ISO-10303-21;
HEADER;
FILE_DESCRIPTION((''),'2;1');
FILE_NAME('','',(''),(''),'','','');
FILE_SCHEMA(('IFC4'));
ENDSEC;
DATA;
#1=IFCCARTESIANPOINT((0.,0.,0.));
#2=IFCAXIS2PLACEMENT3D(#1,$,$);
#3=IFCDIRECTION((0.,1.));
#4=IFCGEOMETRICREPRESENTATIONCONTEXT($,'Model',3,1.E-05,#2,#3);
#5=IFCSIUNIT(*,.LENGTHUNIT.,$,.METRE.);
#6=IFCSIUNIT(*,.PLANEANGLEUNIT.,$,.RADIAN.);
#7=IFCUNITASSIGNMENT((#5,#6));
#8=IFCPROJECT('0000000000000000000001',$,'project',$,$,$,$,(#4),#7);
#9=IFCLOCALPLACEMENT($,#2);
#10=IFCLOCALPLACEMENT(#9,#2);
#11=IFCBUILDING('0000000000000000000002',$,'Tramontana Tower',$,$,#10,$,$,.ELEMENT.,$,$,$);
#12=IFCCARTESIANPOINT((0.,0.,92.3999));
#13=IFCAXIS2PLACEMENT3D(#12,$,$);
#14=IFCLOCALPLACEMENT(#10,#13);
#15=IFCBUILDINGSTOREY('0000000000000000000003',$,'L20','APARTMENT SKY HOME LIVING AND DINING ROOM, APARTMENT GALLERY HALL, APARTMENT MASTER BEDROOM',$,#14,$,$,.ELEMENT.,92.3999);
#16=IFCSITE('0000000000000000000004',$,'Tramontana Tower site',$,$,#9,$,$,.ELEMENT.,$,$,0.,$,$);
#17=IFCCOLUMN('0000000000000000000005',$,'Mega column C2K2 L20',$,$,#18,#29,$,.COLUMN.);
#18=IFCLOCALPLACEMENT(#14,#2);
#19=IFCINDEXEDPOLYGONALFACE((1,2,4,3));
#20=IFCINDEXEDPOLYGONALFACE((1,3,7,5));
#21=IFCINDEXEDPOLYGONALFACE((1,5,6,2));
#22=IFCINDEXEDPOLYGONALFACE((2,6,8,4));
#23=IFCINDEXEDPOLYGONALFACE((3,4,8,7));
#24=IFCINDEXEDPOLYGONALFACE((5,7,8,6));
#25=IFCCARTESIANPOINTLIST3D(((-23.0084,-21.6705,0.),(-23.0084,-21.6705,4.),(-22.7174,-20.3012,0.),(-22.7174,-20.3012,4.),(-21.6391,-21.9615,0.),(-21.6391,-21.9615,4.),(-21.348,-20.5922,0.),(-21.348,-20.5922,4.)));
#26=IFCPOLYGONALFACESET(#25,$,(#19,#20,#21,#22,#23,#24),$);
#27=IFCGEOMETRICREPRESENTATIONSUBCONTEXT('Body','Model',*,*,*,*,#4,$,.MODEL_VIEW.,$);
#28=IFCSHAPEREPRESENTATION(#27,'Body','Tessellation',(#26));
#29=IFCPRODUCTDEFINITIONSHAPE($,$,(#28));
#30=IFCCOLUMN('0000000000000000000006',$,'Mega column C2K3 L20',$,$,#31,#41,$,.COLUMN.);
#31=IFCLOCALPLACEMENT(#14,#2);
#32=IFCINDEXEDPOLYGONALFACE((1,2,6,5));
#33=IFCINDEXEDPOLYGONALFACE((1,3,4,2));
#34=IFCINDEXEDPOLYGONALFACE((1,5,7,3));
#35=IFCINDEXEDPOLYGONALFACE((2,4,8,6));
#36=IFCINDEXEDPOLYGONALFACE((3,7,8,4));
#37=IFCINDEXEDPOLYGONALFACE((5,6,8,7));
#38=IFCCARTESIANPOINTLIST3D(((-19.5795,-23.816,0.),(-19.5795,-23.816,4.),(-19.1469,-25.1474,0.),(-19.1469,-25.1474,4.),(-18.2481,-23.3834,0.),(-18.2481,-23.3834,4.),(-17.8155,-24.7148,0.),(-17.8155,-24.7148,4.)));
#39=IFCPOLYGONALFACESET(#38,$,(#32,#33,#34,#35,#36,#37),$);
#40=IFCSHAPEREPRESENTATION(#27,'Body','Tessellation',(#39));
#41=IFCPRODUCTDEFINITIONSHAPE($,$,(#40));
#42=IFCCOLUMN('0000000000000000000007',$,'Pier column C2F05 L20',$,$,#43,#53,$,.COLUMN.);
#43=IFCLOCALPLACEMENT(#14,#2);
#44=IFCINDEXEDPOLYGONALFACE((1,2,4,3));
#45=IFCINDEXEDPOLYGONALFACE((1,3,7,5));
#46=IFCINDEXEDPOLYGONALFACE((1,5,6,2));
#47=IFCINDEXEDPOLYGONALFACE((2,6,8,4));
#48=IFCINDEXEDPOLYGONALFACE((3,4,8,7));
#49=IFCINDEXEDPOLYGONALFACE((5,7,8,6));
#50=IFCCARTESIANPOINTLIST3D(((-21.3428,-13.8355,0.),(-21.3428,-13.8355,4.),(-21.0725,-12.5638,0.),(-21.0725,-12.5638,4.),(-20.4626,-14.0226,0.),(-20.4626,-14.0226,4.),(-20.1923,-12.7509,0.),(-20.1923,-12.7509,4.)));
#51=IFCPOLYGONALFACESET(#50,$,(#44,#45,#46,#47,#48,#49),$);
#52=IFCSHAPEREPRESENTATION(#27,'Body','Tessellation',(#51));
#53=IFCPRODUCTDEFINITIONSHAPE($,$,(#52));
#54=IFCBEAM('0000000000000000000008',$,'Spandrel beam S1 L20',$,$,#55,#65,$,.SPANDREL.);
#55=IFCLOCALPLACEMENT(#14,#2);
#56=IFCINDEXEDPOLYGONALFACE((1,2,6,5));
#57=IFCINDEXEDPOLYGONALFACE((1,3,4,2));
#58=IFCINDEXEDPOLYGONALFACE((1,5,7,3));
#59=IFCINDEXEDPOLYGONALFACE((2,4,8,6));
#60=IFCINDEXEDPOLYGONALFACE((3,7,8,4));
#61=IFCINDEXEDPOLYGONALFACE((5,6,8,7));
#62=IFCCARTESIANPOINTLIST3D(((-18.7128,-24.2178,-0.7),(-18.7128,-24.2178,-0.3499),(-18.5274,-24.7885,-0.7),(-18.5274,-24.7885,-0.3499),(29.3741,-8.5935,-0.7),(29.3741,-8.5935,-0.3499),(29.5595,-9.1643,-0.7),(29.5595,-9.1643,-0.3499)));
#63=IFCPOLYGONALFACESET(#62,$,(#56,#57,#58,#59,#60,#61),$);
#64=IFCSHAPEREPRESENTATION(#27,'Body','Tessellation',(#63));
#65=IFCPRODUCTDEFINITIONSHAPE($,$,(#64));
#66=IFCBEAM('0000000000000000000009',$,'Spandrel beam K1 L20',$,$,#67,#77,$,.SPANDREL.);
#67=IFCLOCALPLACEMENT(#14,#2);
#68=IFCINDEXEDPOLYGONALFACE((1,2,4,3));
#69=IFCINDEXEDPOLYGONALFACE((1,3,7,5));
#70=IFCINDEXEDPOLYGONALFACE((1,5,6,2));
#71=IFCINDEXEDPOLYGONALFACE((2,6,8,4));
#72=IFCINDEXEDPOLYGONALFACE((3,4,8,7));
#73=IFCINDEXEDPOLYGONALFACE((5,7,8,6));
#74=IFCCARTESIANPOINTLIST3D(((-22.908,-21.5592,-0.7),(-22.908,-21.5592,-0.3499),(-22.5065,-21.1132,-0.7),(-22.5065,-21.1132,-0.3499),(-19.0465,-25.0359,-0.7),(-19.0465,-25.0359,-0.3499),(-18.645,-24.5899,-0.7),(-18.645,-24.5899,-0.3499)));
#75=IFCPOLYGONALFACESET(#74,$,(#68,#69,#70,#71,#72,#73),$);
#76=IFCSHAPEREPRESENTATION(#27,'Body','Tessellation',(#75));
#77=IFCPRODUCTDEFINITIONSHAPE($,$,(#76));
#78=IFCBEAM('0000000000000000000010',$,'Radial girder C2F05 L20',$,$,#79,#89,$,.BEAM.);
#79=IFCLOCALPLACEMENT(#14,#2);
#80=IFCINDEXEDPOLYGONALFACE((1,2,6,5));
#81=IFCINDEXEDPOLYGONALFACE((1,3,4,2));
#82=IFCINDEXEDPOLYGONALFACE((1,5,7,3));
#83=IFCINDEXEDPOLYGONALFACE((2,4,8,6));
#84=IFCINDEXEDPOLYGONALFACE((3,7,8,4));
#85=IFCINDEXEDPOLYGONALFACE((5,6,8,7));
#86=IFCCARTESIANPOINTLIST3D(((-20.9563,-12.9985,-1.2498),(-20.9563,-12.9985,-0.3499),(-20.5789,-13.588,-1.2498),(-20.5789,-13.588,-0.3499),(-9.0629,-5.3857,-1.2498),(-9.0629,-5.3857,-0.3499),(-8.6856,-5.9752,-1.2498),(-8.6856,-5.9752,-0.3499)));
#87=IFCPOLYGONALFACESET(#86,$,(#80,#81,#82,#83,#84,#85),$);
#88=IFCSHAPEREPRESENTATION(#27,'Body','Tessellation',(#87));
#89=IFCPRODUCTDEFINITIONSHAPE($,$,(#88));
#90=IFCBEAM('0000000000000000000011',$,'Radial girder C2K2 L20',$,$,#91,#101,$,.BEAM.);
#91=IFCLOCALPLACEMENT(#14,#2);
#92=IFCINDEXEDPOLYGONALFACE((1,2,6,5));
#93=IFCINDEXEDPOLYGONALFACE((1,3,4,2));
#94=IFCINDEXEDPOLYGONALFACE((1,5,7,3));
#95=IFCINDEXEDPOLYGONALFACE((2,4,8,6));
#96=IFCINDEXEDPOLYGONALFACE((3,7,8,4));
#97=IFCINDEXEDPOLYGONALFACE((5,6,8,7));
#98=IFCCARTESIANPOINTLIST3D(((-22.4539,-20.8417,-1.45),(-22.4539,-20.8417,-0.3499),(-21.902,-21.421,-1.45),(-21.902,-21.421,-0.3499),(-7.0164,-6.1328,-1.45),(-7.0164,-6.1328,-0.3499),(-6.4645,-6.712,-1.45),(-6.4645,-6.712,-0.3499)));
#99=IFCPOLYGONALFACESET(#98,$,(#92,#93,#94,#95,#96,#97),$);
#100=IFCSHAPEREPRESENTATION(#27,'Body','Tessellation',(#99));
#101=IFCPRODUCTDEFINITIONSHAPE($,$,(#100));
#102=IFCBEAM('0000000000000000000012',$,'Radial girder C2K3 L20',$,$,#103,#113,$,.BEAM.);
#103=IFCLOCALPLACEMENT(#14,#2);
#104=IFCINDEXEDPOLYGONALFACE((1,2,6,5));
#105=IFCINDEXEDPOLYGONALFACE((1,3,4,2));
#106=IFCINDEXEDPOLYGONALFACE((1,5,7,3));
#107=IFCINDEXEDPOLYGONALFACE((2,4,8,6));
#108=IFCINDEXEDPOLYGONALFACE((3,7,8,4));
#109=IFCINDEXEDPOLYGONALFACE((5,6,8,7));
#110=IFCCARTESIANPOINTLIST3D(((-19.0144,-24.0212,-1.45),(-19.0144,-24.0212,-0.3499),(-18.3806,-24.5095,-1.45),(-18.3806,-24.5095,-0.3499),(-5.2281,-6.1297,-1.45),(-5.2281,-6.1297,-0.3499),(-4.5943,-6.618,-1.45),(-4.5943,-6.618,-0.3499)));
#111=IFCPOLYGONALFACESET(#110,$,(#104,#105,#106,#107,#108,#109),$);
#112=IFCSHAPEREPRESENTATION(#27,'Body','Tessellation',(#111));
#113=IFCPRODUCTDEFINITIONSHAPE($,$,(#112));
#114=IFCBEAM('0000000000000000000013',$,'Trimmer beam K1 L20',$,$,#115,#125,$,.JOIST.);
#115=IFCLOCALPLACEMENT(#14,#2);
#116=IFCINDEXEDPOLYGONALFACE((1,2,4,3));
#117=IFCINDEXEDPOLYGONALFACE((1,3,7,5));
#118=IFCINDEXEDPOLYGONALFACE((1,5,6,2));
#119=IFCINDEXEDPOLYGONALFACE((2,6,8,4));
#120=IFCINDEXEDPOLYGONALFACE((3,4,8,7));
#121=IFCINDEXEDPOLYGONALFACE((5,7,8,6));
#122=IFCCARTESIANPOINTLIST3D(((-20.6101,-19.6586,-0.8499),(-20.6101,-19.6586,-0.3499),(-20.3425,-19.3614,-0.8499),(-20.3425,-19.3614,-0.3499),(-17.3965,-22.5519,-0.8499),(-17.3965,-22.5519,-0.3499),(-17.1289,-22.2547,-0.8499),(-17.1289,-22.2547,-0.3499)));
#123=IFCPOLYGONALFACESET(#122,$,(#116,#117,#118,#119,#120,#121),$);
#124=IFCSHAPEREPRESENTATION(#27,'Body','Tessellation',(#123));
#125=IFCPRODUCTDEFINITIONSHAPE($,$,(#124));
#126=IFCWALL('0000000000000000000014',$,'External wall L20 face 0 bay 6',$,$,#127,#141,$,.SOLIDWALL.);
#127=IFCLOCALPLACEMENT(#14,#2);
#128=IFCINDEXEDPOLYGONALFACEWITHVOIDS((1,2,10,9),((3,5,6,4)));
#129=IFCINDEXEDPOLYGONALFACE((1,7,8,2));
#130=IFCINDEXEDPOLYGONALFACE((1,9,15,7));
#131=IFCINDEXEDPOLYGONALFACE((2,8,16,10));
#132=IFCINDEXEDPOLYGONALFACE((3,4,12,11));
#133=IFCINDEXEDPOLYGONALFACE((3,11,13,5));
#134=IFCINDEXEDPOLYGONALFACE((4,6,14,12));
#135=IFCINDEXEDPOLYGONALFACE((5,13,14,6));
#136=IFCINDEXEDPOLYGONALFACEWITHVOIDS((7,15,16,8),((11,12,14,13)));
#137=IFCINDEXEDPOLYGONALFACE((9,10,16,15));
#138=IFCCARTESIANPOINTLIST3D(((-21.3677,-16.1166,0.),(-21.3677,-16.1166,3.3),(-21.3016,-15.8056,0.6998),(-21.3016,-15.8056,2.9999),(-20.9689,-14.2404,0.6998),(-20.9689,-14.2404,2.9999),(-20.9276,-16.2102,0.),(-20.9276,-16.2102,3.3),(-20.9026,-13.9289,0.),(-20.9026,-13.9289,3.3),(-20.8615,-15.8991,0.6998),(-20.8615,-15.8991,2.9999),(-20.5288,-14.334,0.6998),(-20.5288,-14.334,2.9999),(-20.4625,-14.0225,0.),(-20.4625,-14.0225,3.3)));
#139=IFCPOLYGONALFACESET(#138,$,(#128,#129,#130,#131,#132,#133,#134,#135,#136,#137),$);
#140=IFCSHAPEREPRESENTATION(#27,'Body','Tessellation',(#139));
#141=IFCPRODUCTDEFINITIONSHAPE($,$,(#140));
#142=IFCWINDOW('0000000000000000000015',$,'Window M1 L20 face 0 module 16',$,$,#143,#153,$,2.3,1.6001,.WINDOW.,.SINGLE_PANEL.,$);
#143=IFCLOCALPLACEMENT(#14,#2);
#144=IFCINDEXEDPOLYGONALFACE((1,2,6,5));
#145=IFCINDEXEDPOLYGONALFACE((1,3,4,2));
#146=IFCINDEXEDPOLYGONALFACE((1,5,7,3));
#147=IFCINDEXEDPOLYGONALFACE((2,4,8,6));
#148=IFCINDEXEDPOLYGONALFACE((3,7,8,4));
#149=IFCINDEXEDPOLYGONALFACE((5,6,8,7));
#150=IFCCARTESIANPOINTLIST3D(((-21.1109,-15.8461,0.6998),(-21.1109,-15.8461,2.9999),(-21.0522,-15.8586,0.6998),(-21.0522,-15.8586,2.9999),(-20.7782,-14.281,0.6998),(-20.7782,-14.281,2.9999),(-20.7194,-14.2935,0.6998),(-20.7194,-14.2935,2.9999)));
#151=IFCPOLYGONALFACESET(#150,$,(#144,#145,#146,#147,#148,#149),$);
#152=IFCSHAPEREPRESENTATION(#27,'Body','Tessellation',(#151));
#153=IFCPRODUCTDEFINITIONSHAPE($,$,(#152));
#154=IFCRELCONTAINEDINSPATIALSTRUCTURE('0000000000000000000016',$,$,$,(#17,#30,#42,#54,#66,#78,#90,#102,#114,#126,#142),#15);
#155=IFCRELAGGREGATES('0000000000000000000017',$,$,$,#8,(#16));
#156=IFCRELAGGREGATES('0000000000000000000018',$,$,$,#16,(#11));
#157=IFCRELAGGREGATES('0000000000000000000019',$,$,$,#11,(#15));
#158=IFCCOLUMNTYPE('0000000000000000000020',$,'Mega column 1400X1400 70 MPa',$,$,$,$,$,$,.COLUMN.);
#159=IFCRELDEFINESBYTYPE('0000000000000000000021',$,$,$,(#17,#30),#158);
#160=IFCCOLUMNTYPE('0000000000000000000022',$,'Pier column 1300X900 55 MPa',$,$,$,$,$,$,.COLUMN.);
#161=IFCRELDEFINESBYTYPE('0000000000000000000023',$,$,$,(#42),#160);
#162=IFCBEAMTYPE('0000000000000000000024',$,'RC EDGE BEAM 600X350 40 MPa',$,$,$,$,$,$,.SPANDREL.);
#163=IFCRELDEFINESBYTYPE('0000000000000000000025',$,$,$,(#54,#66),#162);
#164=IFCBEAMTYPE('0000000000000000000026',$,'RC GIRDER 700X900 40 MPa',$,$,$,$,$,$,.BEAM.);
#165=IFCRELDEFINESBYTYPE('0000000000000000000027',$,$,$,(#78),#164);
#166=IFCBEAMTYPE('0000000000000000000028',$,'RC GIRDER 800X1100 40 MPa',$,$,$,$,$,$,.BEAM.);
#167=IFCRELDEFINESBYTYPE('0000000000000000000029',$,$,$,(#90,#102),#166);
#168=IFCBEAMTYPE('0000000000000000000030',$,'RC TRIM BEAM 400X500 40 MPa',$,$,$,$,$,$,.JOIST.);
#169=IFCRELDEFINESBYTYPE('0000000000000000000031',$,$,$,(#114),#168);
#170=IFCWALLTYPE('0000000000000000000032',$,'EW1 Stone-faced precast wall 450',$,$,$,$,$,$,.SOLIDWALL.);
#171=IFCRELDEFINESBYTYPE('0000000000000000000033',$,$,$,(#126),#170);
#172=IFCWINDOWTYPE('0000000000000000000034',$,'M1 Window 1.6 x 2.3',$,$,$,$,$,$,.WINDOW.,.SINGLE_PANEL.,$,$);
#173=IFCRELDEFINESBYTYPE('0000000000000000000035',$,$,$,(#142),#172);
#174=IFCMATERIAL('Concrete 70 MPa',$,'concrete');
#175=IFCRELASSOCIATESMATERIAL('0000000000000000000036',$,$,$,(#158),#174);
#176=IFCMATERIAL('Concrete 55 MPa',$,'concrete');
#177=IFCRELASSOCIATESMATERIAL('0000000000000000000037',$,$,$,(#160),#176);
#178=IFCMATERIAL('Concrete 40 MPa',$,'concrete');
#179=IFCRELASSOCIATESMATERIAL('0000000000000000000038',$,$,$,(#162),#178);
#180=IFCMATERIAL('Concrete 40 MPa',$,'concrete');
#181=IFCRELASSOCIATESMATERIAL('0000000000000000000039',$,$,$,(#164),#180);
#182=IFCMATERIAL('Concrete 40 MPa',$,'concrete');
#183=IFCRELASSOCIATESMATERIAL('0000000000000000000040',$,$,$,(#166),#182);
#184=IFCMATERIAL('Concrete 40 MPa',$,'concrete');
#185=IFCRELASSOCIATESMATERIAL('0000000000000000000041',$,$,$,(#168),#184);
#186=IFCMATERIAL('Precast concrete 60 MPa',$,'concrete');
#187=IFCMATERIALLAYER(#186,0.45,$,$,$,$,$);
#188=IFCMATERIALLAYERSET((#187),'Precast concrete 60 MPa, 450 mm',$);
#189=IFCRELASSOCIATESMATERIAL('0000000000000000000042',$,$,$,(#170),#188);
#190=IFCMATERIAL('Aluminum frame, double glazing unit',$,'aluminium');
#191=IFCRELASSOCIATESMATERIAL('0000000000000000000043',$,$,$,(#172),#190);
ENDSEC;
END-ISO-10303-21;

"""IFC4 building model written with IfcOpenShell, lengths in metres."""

from ifc_helpers import new_model, si_unit, direction, frame, frame_2d, origin, origin_2d, place, context, subcontext, project, spatial, rectangle, extrude, material, layer, layer_set, material_profile, profile_set, type_object, element, fill, save


model = new_model("IFC4")

# Units and contexts
model_context = context("Model", 3, precision=1e-05, world=origin(), true_north=direction((0.0, 1.0)))
body_context = subcontext(model_context, "Body", "Model", "MODEL_VIEW")
ifc_project = project(units=[si_unit("LENGTHUNIT", "METRE"), si_unit("PLANEANGLEUNIT", "RADIAN")], contexts=[model_context])

# Site, building, storey
site_placement = place(None, origin())
site = spatial("IfcSite", under=ifc_project, at=site_placement, Name="Tramontana Tower site", CompositionType="ELEMENT", RefElevation=0.0)
building_placement = place(site_placement, origin())
building = spatial("IfcBuilding", under=site, at=building_placement, Name="Tramontana Tower", CompositionType="ELEMENT")
storey_placement = place(building_placement, frame((0.0, 0.0, 92.3999)))
storey = spatial("IfcBuildingStorey", under=building, at=storey_placement, Name="L20", Description="APARTMENT SKY HOME LIVING AND DINING ROOM, APARTMENT GALLERY HALL, APARTMENT MASTER BEDROOM", CompositionType="ELEMENT", Elevation=92.3999)

# Columns
ifc_material_1 = material(Name="Concrete 70 MPa", Category="concrete")
ifc_material_profile_1 = material_profile(ifc_material_1, rectangle(XDim=1.3999, YDim=1.3999, at=origin_2d()), Name="Mega column 1400X1400 70 MPa")
ifc_profile_set_1 = profile_set([ifc_material_profile_1], Name="Concrete 70 MPa")
column_type_1 = type_object("IfcColumnType", Name="Mega column 1400X1400 70 MPa", PredefinedType="COLUMN", material=ifc_profile_set_1)
for number, where, z_axis, x_axis, name in (
    (1, (-22.1782, -21.1313, 0.0), (0.0, 0.0, 1.0), (-0.207912, -0.978148, 0.0), "Mega column C2K2 L20"),
    (2, (-18.6975, -24.2654, 0.0), (0.0, 0.0, 1.0), (0.951057, 0.309017, 0.0), "Mega column C2K3 L20"),
):
    element("IfcColumn", number, at=place(storey_placement, frame(where, z_axis=z_axis, x_axis=x_axis)), inside=storey, type_object=column_type_1, Name=name, PredefinedType="COLUMN", context=body_context, shape_type="SweptSolid", body=[
        extrude(rectangle(XDim=1.3999, YDim=1.3999, at=origin_2d()), origin(), (0.0, 0.0, 1.0), 4.0),
    ])
ifc_material_2 = material(Name="Concrete 55 MPa", Category="concrete")
ifc_material_profile_2 = material_profile(ifc_material_2, rectangle(XDim=1.3, YDim=0.8999, at=origin_2d()), Name="Pier column 1300X900 55 MPa")
ifc_profile_set_2 = profile_set([ifc_material_profile_2], Name="Concrete 55 MPa")
column_type_2 = type_object("IfcColumnType", Name="Pier column 1300X900 55 MPa", PredefinedType="COLUMN", material=ifc_profile_set_2)
column_placement = place(storey_placement, frame((-20.7676, -13.2932, 0.0), z_axis=(0.0, 0.0, 1.0), x_axis=(-0.207912, -0.978148, 0.0)))
element("IfcColumn", 3, at=column_placement, inside=storey, type_object=column_type_2, Name="Pier column C2F05 L20", PredefinedType="COLUMN", context=body_context, shape_type="SweptSolid", body=[
    extrude(rectangle(XDim=1.3, YDim=0.8999, at=origin_2d()), origin(), (0.0, 0.0, 1.0), 4.0),
])

# Beams
ifc_material_3 = material(Name="Concrete 40 MPa", Category="concrete")
ifc_material_profile_3 = material_profile(ifc_material_3, rectangle(XDim=0.6001, YDim=0.3501, at=origin_2d()), Name="RC EDGE BEAM 600X350 40 MPa")
ifc_profile_set_3 = profile_set([ifc_material_profile_3], Name="Concrete 40 MPa")
beam_type_1 = type_object("IfcBeamType", Name="RC EDGE BEAM 600X350 40 MPa", PredefinedType="SPANDREL", material=ifc_profile_set_3)
beam_1_placement = place(storey_placement, frame((-18.6201, -24.5032, -0.5249), z_axis=(0.951057, 0.309015, 0.0), x_axis=(-0.309015, 0.951057, 0.0)))
element("IfcBeam", 4, at=beam_1_placement, inside=storey, type_object=beam_type_1, Name="Spandrel beam S1 L20", PredefinedType="SPANDREL", context=body_context, shape_type="SweptSolid", body=[
    extrude(rectangle(XDim=0.6001, YDim=0.3501, at=origin_2d()), origin(), (0.0, 0.0, 1.0), 50.5615),
])
beam_2_placement = place(storey_placement, frame((-22.7073, -21.3362, -0.5249), z_axis=(0.743161, -0.669113, 0.0), x_axis=(0.669113, 0.743161, 0.0)))
element("IfcBeam", 5, at=beam_2_placement, inside=storey, type_object=beam_type_1, Name="Spandrel beam K1 L20", PredefinedType="SPANDREL", context=body_context, shape_type="SweptSolid", body=[
    extrude(rectangle(XDim=0.6001, YDim=0.3501, at=origin_2d()), origin(), (0.0, 0.0, 1.0), 5.196),
])
ifc_material_4 = material(Name="Concrete 40 MPa", Category="concrete")
ifc_material_profile_4 = material_profile(ifc_material_4, rectangle(XDim=0.7, YDim=0.8999, at=origin_2d()), Name="RC GIRDER 700X900 40 MPa")
ifc_profile_set_4 = profile_set([ifc_material_profile_4], Name="Concrete 40 MPa")
beam_type_2 = type_object("IfcBeamType", Name="RC GIRDER 700X900 40 MPa", PredefinedType="BEAM", material=ifc_profile_set_4)
beam_3_placement = place(storey_placement, frame((-20.7676, -13.2932, -0.7998), z_axis=(0.842237, 0.539108, 0.0), x_axis=(-0.539108, 0.842237, 0.0)))
element("IfcBeam", 6, at=beam_3_placement, inside=storey, type_object=beam_type_2, Name="Radial girder C2F05 L20", PredefinedType="BEAM", context=body_context, shape_type="SweptSolid", body=[
    extrude(rectangle(XDim=0.7, YDim=0.8999, at=origin_2d()), origin(), (0.0, 0.0, 1.0), 14.1211),
])
ifc_material_5 = material(Name="Concrete 40 MPa", Category="concrete")
ifc_material_profile_5 = material_profile(ifc_material_5, rectangle(XDim=0.8, YDim=1.1001, at=origin_2d()), Name="RC GIRDER 800X1100 40 MPa")
ifc_profile_set_5 = profile_set([ifc_material_profile_5], Name="Concrete 40 MPa")
beam_type_3 = type_object("IfcBeamType", Name="RC GIRDER 800X1100 40 MPa", PredefinedType="BEAM", material=ifc_profile_set_5)
beam_4_placement = place(storey_placement, frame((-22.178, -21.1313, -0.8999), z_axis=(0.723983, 0.689818, 0.0), x_axis=(-0.689818, 0.723983, 0.0)))
element("IfcBeam", 7, at=beam_4_placement, inside=storey, type_object=beam_type_3, Name="Radial girder C2K2 L20", PredefinedType="BEAM", context=body_context, shape_type="SweptSolid", body=[
    extrude(rectangle(XDim=0.8, YDim=1.1001, at=origin_2d()), origin(), (0.0, 0.0, 1.0), 21.323),
])
beam_5_placement = place(storey_placement, frame((-18.6975, -24.2654, -0.8999), z_axis=(0.610367, 0.792119, 0.0), x_axis=(-0.792119, 0.610367, 0.0)))
element("IfcBeam", 8, at=beam_5_placement, inside=storey, type_object=beam_type_3, Name="Radial girder C2K3 L20", PredefinedType="BEAM", context=body_context, shape_type="SweptSolid", body=[
    extrude(rectangle(XDim=0.8, YDim=1.1001, at=origin_2d()), origin(), (0.0, 0.0, 1.0), 22.5869),
])
ifc_material_6 = material(Name="Concrete 40 MPa", Category="concrete")
ifc_material_profile_6 = material_profile(ifc_material_6, rectangle(XDim=0.3999, YDim=0.5, at=origin_2d()), Name="RC TRIM BEAM 400X500 40 MPa")
ifc_profile_set_6 = profile_set([ifc_material_profile_6], Name="Concrete 40 MPa")
beam_type_4 = type_object("IfcBeamType", Name="RC TRIM BEAM 400X500 40 MPa", PredefinedType="JOIST", material=ifc_profile_set_6)
beam_6_placement = place(storey_placement, frame((-20.4763, -19.51, -0.5999), z_axis=(0.743173, -0.669099, 0.0), x_axis=(0.669099, 0.743173, 0.0)))
element("IfcBeam", 9, at=beam_6_placement, inside=storey, type_object=beam_type_4, Name="Trimmer beam K1 L20", PredefinedType="JOIST", context=body_context, shape_type="SweptSolid", body=[
    extrude(rectangle(XDim=0.3999, YDim=0.5, at=origin_2d()), origin(), (0.0, 0.0, 1.0), 4.3242),
])

# Wall, opening, window
ifc_material_7 = material(Name="Precast concrete 60 MPa", Category="concrete")
ifc_layer_1 = layer(ifc_material_7, 0.45)
ifc_layer_set_1 = layer_set([ifc_layer_1], Name="Precast concrete 60 MPa, 450 mm")
wall_type_1 = type_object("IfcWallType", Name="EW1 Stone-faced precast wall 450", PredefinedType="SOLIDWALL", material=ifc_layer_set_1)
wall_1_placement = place(storey_placement, frame((-20.6826, -13.9758, 0.0), z_axis=(0.0, 0.0, 1.0), x_axis=(-0.207941, -0.978141, 0.0)))
wall_1 = element("IfcWall", 10, at=wall_1_placement, inside=storey, type_object=wall_type_1, Name="External wall L20 face 0 bay 6", PredefinedType="SOLIDWALL", context=body_context, shape_type="SweptSolid", body=[
    extrude(rectangle(XDim=2.2366, YDim=0.45, at=frame_2d((1.1182, 0.0))), origin(), (0.0, 0.0, 1.0), 3.3),
])
opening_1_placement = place(wall_1_placement, frame((0.3184, 0.0, 0.7)))
opening_1 = element("IfcOpeningElement", 11, at=opening_1_placement, cuts=wall_1, PredefinedType="OPENING", context=body_context, shape_type="SweptSolid", body=[
    extrude(rectangle(XDim=1.6001, YDim=2.3, at=frame_2d((0.8, 1.1499))), frame((0.0, 0.2349, 0.0), z_axis=(0.0, -1.0, 0.0), x_axis=(1.0, 0.0, 0.0)), (0.0, 0.0, 1.0), 0.47),
])
ifc_material_8 = material(Name="Aluminum frame, double glazing unit", Category="aluminium")
window_type_1 = type_object("IfcWindowType", Name="M1 Window 1.6 x 2.3", PartitioningType="SINGLE_PANEL", PredefinedType="WINDOW", material=ifc_material_8)
window_1_placement = place(opening_1_placement, origin())
window_1 = element("IfcWindow", 12, at=window_1_placement, inside=storey, type_object=window_type_1, Name="Window M1 L20 face 0 module 16", OverallHeight=2.3, OverallWidth=1.6001, PartitioningType="SINGLE_PANEL", PredefinedType="WINDOW", context=body_context, shape_type="SweptSolid", body=[
    extrude(rectangle(XDim=1.6001, YDim=2.3, at=frame_2d((0.8, 1.1499))), frame((0.0, 0.03, 0.0), z_axis=(0.0, -1.0, 0.0), x_axis=(1.0, 0.0, 0.0)), (0.0, 0.0, 1.0), 0.0601),
])
fill(opening_1, window_1)

save(model, "model.ifc")
